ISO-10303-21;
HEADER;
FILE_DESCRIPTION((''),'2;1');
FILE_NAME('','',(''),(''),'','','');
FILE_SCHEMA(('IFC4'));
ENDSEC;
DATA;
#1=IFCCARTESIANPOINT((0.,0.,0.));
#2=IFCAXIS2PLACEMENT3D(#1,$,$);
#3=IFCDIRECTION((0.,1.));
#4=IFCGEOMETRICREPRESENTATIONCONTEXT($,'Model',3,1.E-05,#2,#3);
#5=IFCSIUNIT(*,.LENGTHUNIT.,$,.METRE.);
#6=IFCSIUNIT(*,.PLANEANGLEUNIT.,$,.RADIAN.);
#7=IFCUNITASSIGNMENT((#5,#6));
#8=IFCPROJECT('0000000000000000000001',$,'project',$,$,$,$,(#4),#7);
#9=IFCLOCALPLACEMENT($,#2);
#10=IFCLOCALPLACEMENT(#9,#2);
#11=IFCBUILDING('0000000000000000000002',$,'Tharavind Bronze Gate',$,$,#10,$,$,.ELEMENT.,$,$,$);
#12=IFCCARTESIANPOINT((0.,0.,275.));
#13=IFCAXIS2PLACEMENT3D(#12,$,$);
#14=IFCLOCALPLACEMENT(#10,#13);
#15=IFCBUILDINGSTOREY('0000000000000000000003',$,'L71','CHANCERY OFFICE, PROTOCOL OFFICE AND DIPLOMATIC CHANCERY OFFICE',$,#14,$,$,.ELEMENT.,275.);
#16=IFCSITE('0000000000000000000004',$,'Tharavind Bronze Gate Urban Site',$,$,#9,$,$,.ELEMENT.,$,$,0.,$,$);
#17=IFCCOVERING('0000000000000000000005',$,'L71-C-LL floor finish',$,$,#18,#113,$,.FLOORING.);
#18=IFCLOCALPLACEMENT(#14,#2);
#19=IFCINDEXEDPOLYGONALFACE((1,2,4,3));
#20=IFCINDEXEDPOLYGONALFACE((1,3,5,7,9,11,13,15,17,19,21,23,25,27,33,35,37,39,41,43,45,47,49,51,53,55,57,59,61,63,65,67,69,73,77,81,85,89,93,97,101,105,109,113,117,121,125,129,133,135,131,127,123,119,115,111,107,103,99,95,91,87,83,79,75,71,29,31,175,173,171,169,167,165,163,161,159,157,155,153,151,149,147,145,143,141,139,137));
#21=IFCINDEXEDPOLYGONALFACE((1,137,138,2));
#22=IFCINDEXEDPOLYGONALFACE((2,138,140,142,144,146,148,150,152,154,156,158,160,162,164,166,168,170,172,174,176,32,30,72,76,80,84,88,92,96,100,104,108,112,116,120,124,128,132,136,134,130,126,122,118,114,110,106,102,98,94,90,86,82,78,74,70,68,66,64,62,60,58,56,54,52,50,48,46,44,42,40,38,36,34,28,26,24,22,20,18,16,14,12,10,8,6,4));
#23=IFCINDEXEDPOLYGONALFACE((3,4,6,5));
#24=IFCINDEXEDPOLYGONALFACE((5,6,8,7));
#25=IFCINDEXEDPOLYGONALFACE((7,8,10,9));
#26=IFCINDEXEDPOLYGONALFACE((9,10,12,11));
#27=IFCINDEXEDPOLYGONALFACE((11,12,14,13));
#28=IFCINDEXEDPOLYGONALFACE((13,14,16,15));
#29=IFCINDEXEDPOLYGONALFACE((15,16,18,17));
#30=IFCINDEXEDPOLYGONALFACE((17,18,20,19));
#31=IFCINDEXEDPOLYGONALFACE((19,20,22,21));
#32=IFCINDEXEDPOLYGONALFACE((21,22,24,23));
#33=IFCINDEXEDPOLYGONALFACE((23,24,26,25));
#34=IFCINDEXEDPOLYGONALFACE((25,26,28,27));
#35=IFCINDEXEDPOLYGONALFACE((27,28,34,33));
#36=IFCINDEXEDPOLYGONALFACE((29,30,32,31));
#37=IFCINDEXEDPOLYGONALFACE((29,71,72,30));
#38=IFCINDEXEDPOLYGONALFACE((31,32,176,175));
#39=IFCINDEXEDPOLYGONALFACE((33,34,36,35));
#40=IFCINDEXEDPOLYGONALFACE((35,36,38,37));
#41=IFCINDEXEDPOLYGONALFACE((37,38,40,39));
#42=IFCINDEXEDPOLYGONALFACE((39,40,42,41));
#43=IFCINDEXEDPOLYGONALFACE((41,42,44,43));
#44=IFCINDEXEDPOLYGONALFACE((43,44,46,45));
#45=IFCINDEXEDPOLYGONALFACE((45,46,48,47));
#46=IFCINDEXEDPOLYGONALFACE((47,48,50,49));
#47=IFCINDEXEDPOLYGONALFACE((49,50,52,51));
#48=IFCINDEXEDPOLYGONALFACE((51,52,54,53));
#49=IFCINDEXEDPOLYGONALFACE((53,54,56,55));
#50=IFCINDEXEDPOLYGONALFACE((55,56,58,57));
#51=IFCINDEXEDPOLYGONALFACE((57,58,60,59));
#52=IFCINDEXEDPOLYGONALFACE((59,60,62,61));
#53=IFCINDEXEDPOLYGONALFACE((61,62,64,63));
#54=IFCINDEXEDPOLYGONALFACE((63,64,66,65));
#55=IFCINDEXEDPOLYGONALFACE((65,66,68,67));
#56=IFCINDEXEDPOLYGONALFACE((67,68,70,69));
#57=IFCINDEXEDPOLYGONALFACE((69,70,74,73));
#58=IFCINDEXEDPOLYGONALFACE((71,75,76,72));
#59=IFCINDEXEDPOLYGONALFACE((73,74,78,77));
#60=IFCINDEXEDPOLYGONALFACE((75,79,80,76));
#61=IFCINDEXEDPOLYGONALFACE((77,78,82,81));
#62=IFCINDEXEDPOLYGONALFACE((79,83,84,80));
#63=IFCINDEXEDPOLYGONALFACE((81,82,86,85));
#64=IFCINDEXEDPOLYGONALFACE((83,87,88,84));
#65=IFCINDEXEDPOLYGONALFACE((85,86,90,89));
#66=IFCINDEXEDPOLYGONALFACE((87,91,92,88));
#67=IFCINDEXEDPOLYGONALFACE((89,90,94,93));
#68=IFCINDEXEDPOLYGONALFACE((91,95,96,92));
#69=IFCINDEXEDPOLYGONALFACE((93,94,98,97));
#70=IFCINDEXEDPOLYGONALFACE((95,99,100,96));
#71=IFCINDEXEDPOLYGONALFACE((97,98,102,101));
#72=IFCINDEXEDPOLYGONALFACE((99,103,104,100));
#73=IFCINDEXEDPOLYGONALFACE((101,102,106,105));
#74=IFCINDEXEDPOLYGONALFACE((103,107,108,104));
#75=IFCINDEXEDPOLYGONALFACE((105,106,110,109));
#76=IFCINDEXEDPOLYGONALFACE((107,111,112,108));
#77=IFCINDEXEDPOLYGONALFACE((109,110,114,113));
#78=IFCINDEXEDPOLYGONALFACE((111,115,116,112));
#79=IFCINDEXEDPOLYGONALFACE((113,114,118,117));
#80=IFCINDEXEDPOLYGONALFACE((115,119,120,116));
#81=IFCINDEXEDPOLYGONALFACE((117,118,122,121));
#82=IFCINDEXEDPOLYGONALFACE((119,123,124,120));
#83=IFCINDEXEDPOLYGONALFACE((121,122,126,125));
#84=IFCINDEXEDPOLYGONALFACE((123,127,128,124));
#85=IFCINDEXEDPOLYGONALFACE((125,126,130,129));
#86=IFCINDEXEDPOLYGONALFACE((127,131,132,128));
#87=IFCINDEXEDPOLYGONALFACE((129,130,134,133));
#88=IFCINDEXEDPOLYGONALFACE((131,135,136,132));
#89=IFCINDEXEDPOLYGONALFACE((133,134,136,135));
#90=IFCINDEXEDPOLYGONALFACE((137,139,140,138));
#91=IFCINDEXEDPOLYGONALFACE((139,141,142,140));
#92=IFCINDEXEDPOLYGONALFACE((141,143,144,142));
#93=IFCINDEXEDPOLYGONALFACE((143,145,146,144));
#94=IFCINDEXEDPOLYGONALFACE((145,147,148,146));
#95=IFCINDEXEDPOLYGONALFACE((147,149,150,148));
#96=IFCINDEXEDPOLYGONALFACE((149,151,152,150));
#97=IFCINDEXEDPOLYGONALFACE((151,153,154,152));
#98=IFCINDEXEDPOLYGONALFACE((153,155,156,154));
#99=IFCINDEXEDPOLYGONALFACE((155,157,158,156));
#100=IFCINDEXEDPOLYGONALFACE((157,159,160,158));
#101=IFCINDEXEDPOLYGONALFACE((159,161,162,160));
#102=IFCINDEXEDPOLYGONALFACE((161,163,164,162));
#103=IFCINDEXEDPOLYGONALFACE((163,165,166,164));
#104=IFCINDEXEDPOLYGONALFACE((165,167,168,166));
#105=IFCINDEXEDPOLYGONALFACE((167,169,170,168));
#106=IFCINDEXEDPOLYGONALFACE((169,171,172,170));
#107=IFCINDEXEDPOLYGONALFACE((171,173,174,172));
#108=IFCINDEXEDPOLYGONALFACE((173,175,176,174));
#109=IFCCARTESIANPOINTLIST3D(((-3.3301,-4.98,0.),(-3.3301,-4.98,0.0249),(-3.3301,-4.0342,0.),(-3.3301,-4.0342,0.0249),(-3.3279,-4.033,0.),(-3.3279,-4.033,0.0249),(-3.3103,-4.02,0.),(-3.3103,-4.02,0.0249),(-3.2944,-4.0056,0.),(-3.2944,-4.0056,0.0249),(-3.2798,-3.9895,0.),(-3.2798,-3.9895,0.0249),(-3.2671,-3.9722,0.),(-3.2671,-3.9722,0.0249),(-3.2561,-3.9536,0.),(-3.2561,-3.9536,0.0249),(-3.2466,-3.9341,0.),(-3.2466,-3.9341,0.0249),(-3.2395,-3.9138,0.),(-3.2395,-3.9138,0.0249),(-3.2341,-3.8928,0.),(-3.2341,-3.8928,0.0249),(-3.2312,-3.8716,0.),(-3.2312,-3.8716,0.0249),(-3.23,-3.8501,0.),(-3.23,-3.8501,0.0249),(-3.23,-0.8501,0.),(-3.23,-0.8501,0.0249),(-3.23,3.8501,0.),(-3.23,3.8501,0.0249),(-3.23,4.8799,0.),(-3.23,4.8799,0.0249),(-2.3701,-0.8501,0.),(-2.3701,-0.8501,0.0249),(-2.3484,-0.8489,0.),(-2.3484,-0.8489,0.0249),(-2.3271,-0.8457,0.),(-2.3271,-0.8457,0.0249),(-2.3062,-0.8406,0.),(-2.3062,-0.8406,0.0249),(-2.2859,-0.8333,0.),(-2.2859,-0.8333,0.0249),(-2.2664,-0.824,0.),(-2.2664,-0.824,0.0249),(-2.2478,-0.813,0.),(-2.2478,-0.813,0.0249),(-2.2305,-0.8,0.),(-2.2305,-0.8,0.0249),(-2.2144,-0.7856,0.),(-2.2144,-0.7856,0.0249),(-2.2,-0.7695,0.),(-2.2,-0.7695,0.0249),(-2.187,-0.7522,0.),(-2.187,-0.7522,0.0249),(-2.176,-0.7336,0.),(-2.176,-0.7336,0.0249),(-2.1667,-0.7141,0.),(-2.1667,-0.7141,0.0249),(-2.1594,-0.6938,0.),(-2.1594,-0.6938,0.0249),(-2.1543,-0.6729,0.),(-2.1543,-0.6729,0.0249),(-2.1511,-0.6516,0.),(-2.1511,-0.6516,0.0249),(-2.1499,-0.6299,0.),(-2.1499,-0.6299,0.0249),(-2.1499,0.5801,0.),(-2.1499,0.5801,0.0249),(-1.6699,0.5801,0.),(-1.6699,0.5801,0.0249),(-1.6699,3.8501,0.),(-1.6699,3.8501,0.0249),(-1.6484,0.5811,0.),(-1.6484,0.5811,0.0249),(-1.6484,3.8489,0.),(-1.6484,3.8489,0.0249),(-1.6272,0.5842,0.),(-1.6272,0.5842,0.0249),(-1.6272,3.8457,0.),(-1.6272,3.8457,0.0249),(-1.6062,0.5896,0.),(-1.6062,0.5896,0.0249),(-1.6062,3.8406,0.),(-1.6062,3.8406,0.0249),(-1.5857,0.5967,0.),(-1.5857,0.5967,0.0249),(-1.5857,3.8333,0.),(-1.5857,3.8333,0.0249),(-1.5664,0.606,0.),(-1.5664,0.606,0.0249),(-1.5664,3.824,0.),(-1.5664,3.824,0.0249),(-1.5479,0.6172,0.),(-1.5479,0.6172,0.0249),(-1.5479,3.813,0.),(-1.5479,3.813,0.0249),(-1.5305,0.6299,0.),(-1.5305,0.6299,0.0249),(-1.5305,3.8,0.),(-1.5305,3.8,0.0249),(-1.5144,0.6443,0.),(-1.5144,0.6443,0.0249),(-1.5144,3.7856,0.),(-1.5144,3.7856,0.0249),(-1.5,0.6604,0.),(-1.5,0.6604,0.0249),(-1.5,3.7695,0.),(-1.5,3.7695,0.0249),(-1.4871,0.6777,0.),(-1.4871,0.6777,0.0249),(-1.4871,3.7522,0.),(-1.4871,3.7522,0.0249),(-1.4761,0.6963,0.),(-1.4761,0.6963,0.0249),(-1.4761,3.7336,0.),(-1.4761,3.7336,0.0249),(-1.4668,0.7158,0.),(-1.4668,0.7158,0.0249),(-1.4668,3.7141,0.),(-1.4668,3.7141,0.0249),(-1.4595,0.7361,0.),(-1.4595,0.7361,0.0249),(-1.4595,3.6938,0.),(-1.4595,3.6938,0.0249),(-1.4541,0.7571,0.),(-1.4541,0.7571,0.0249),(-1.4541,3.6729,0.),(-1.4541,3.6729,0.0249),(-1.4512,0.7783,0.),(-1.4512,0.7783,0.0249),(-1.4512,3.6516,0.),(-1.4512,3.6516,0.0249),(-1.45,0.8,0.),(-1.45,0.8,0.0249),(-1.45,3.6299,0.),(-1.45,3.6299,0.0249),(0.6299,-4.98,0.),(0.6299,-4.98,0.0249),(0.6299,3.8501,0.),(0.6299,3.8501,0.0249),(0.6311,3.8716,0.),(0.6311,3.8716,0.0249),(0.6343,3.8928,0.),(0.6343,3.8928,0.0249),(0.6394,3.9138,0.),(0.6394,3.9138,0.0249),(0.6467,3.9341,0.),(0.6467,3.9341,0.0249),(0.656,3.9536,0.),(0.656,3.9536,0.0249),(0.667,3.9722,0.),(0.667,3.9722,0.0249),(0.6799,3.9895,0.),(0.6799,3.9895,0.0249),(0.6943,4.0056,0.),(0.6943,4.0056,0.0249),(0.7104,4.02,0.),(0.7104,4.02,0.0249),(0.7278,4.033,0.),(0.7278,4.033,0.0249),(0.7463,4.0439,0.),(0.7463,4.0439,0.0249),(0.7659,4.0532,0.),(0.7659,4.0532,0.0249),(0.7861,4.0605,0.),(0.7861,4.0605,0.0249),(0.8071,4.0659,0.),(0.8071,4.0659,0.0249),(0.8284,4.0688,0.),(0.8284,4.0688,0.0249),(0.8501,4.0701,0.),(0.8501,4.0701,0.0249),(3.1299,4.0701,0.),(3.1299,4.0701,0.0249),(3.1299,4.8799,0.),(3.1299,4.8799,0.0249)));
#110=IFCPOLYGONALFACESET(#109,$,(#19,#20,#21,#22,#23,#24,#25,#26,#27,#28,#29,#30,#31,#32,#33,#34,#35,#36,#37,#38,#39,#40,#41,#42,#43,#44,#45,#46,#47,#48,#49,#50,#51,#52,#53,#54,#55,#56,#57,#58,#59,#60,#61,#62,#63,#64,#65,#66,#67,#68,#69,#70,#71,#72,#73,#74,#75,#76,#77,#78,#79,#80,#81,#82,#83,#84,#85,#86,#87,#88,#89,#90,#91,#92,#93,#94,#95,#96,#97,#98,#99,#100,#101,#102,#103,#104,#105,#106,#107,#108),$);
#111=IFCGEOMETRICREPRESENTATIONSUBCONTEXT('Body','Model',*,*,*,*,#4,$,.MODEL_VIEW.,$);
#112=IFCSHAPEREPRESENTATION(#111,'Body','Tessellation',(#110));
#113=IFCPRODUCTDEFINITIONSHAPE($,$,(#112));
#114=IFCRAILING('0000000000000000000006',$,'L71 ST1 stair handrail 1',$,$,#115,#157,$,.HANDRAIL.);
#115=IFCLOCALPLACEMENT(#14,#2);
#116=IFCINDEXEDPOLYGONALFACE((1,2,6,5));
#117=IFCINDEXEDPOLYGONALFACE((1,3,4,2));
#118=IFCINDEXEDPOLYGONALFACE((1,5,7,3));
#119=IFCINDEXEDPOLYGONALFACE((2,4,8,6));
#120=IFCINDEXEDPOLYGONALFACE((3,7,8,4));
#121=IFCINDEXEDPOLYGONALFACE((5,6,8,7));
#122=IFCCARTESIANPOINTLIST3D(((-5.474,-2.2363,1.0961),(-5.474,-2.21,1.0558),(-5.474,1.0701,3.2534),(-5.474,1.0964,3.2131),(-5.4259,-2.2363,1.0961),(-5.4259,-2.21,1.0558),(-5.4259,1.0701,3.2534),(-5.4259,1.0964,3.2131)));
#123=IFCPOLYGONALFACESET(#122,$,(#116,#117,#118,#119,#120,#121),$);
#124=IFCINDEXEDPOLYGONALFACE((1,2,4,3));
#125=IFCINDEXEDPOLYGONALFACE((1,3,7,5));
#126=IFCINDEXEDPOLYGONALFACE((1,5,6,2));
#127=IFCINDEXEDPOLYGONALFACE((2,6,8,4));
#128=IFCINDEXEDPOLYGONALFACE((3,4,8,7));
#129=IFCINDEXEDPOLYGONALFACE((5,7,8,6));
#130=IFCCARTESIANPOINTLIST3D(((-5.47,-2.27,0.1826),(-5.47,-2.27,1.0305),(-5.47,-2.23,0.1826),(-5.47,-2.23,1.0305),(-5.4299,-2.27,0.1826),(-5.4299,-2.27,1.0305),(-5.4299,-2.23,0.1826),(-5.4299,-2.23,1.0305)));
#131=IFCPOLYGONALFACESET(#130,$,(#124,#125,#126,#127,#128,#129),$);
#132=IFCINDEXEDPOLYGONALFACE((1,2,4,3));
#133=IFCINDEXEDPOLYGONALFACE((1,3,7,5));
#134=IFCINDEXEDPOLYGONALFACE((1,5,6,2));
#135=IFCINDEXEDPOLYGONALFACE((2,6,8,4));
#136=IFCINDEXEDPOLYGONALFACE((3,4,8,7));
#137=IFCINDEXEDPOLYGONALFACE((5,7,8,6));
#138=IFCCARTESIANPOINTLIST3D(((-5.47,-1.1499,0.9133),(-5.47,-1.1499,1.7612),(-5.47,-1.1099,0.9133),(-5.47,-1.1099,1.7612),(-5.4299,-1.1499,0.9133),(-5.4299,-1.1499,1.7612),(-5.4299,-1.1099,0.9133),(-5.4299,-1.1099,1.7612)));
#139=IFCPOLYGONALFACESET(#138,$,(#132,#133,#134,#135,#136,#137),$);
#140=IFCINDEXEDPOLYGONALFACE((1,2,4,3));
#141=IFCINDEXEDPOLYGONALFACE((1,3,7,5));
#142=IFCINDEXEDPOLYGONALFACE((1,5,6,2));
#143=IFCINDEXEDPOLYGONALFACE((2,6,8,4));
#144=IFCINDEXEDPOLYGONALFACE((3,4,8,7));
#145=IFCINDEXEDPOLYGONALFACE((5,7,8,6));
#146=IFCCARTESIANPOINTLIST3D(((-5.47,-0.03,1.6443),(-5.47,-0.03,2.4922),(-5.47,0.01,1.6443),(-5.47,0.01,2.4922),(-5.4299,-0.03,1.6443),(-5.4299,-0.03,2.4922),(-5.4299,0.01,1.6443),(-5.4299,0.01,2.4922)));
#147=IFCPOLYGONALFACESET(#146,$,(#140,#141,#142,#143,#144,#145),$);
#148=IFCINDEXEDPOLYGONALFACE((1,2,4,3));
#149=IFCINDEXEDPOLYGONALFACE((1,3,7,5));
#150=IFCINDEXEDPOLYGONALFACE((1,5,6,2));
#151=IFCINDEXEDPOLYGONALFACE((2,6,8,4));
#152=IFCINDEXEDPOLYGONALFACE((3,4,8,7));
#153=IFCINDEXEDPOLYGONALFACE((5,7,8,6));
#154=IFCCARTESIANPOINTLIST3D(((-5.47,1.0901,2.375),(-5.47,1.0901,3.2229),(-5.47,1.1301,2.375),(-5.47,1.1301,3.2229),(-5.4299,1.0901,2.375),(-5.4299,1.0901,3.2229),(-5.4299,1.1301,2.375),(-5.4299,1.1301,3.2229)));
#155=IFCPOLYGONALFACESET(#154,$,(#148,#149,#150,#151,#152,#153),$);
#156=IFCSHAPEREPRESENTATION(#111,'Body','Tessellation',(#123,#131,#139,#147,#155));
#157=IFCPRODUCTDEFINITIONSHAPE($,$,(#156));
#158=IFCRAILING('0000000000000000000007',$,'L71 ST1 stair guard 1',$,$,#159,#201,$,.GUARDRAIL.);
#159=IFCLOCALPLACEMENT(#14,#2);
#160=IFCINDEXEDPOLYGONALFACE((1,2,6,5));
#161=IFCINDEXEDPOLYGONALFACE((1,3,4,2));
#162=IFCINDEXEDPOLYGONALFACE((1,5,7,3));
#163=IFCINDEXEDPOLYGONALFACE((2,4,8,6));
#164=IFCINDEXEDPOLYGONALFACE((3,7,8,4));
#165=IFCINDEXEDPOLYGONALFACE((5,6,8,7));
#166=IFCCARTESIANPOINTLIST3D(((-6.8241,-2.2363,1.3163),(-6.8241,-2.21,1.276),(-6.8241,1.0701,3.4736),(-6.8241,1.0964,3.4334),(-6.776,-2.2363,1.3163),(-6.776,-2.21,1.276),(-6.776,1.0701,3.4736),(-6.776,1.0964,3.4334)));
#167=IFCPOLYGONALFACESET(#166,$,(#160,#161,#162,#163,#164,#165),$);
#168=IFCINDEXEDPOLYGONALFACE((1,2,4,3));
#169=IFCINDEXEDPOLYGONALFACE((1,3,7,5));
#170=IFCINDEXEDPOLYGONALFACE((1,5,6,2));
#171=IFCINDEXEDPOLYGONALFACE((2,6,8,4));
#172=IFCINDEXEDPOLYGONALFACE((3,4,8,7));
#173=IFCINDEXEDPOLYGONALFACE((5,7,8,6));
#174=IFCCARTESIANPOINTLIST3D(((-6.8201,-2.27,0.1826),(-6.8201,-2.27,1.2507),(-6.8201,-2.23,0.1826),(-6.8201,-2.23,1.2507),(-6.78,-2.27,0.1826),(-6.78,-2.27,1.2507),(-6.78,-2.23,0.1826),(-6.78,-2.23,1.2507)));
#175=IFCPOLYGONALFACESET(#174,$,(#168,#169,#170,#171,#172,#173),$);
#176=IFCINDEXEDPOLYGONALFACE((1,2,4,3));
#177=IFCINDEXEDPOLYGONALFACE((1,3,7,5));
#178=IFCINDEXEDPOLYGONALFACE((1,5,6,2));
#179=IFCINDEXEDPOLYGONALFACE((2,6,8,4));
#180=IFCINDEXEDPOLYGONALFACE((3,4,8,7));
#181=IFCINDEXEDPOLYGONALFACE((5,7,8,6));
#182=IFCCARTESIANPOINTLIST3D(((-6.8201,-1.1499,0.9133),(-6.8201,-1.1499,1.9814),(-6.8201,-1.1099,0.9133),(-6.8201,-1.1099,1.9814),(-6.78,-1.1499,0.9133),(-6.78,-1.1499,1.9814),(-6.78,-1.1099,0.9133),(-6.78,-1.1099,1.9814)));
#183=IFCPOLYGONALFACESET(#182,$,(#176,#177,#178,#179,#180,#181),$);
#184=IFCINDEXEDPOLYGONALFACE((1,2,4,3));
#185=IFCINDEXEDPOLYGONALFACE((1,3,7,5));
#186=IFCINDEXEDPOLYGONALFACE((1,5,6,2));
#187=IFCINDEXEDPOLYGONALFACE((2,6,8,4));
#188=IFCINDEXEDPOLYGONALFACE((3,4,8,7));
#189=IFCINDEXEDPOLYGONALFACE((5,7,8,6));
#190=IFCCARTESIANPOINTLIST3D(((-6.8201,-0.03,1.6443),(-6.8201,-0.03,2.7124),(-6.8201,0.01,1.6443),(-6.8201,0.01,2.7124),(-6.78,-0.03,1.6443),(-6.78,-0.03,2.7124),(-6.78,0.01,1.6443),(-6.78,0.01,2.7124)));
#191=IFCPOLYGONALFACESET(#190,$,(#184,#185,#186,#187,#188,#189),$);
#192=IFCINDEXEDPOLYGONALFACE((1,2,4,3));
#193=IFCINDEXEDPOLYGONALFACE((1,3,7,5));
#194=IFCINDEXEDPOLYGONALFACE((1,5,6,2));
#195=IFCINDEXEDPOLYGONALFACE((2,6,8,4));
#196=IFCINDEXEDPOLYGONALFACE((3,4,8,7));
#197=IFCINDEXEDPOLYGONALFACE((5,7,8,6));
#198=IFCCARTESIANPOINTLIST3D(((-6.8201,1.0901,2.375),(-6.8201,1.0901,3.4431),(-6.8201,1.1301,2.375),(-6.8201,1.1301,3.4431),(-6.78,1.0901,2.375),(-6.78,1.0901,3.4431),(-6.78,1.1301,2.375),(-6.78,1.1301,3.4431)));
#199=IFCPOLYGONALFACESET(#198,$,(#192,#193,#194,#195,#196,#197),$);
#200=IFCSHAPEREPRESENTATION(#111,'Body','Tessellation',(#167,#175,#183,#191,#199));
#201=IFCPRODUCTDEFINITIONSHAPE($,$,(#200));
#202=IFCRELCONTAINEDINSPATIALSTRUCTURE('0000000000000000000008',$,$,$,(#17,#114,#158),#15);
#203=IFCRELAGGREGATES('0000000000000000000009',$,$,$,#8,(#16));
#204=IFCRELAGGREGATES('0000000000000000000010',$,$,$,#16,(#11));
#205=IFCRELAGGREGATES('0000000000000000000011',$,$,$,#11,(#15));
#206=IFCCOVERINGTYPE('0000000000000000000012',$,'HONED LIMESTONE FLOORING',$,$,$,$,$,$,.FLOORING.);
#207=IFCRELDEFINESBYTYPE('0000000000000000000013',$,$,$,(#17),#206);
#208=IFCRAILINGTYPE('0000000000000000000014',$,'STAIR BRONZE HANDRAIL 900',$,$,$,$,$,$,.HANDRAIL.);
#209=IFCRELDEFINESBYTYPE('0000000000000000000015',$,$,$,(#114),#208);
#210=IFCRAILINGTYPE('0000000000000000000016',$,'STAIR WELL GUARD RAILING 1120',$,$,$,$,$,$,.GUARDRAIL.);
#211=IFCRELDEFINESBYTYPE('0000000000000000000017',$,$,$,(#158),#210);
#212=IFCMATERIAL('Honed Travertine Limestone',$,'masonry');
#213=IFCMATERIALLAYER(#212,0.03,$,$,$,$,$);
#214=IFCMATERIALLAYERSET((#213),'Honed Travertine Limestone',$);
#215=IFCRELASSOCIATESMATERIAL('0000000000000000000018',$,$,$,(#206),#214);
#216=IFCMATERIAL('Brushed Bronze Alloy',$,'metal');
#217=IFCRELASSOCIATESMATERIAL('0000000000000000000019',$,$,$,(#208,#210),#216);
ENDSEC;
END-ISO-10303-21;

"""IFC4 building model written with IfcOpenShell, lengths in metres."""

from ifc_helpers import new_model, si_unit, direction, frame, origin, origin_2d, place, context, subcontext, project, spatial, polyline, rectangle, outline, extrude, material, layer, layer_set, type_object, element, save


model = new_model("IFC4")

# Units and contexts
model_context = context("Model", 3, precision=1e-05, world=origin(), true_north=direction((0.0, 1.0)))
body_context = subcontext(model_context, "Body", "Model", "MODEL_VIEW")
ifc_project = project(units=[si_unit("LENGTHUNIT", "METRE"), si_unit("PLANEANGLEUNIT", "RADIAN")], contexts=[model_context])

# Site, building, storey
site_placement = place(None, origin())
site = spatial("IfcSite", under=ifc_project, at=site_placement, Name="Tharavind Bronze Gate Urban Site", CompositionType="ELEMENT", RefElevation=0.0)
building_placement = place(site_placement, origin())
building = spatial("IfcBuilding", under=site, at=building_placement, Name="Tharavind Bronze Gate", CompositionType="ELEMENT")
storey_placement = place(building_placement, frame((0.0, 0.0, 275.0)))
storey = spatial("IfcBuildingStorey", under=building, at=storey_placement, Name="L71", Description="CHANCERY OFFICE, PROTOCOL OFFICE AND DIPLOMATIC CHANCERY OFFICE", CompositionType="ELEMENT", Elevation=275.0)

# Covering
ifc_material_1 = material(Name="Honed Travertine Limestone", Category="masonry")
ifc_layer_1 = layer(ifc_material_1, 0.03)
ifc_layer_set_1 = layer_set([ifc_layer_1], Name="Honed Travertine Limestone")
covering_type_1 = type_object("IfcCoveringType", Name="HONED LIMESTONE FLOORING", PredefinedType="FLOORING", material=ifc_layer_set_1)
covering_1_placement = place(storey_placement, origin())
element("IfcCovering", 1, at=covering_1_placement, inside=storey, type_object=covering_type_1, Name="L71-C-LL floor finish", PredefinedType="FLOORING", context=body_context, shape_type="SweptSolid", body=[
    extrude(outline(polyline([(-3.3301, -4.98), (0.6299, -4.98), (0.6299, 3.8501), (0.6311, 3.8716), (0.6343, 3.8928), (0.6394, 3.9138), (0.6467, 3.9341), (0.656, 3.9536), (0.667, 3.9722), (0.6799, 3.9895), (0.6943, 4.0056), (0.7104, 4.02), (0.7278, 4.033), (0.7463, 4.0439), (0.7659, 4.0532), (0.7861, 4.0605), (0.8071, 4.0659), (0.8284, 4.0688), (0.8501, 4.0701), (3.1299, 4.0701), (3.1299, 4.8799), (-3.23, 4.8799), (-3.23, 3.8501), (-1.6699, 3.8501), (-1.6484, 3.8489), (-1.6272, 3.8457), (-1.6062, 3.8406), (-1.5857, 3.8333), (-1.5664, 3.824), (-1.5479, 3.813), (-1.5305, 3.8), (-1.5144, 3.7856), (-1.5, 3.7695), (-1.4871, 3.7522), (-1.4761, 3.7336), (-1.4668, 3.7141), (-1.4595, 3.6938), (-1.4541, 3.6729), (-1.4512, 3.6516), (-1.45, 3.6299), (-1.45, 0.8), (-1.4512, 0.7783), (-1.4541, 0.7571), (-1.4595, 0.7361), (-1.4668, 0.7158), (-1.4761, 0.6963), (-1.4871, 0.6777), (-1.5, 0.6604), (-1.5144, 0.6443), (-1.5305, 0.6299), (-1.5479, 0.6172), (-1.5664, 0.606), (-1.5857, 0.5967), (-1.6062, 0.5896), (-1.6272, 0.5842), (-1.6484, 0.5811), (-1.6699, 0.5801), (-2.1499, 0.5801), (-2.1499, -0.6299), (-2.1511, -0.6516), (-2.1543, -0.6729), (-2.1594, -0.6938), (-2.1667, -0.7141), (-2.176, -0.7336), (-2.187, -0.7522), (-2.2, -0.7695), (-2.2144, -0.7856), (-2.2305, -0.8), (-2.2478, -0.813), (-2.2664, -0.824), (-2.2859, -0.8333), (-2.3062, -0.8406), (-2.3271, -0.8457), (-2.3484, -0.8489), (-2.3701, -0.8501), (-3.23, -0.8501), (-3.23, -3.8501), (-3.2312, -3.8716), (-3.2341, -3.8928), (-3.2395, -3.9138), (-3.2466, -3.9341), (-3.2561, -3.9536), (-3.2671, -3.9722), (-3.2798, -3.9895), (-3.2944, -4.0056), (-3.3103, -4.02), (-3.3279, -4.033), (-3.3301, -4.0342), (-3.3301, -4.98)])), origin(), (0.0, 0.0, 1.0), 0.0249),
])

# Railings
ifc_material_2 = material(Name="Brushed Bronze Alloy", Category="metal")
railing_type_1 = type_object("IfcRailingType", Name="STAIR BRONZE HANDRAIL 900", PredefinedType="HANDRAIL", material=ifc_material_2)
railing_1_placement = place(storey_placement, frame((-5.45, -2.25, 0.1826)))
element("IfcRailing", 2, at=railing_1_placement, inside=storey, type_object=railing_type_1, Name="L71 ST1 stair handrail 1", PredefinedType="HANDRAIL", context=body_context, shape_type="SweptSolid", body=[
    extrude(rectangle(XDim=0.0481, YDim=0.0481, at=origin_2d()), frame((0.0, 0.0269, 0.8933), z_axis=(0.0, 0.837496, 0.546444), x_axis=(-1.0, 0.0, 0.0)), (0.0, 0.0, 1.0), 3.948),
    extrude(rectangle(XDim=0.04, YDim=0.04, at=origin_2d()), origin(), (0.0, 0.0, 1.0), 0.8479),
    extrude(rectangle(XDim=0.04, YDim=0.04, at=origin_2d()), frame((0.0, 1.1201, 0.7307)), (0.0, 0.0, 1.0), 0.8479),
    extrude(rectangle(XDim=0.04, YDim=0.04, at=origin_2d()), frame((0.0, 2.24, 1.4617)), (0.0, 0.0, 1.0), 0.8479),
    extrude(rectangle(XDim=0.04, YDim=0.04, at=origin_2d()), frame((0.0, 3.3601, 2.1924)), (0.0, 0.0, 1.0), 0.8479),
])
railing_type_2 = type_object("IfcRailingType", Name="STAIR WELL GUARD RAILING 1120", PredefinedType="GUARDRAIL", material=ifc_material_2)
railing_2_placement = place(storey_placement, frame((-6.8, -2.25, 0.1826)))
element("IfcRailing", 3, at=railing_2_placement, inside=storey, type_object=railing_type_2, Name="L71 ST1 stair guard 1", PredefinedType="GUARDRAIL", context=body_context, shape_type="SweptSolid", body=[
    extrude(rectangle(XDim=0.0481, YDim=0.0481, at=origin_2d()), frame((0.0, 0.0269, 1.1135), z_axis=(0.0, 0.837496, 0.546444), x_axis=(-1.0, 0.0, 0.0)), (0.0, 0.0, 1.0), 3.948),
    extrude(rectangle(XDim=0.04, YDim=0.04, at=origin_2d()), origin(), (0.0, 0.0, 1.0), 1.0681),
    extrude(rectangle(XDim=0.04, YDim=0.04, at=origin_2d()), frame((0.0, 1.1201, 0.7307)), (0.0, 0.0, 1.0), 1.0681),
    extrude(rectangle(XDim=0.04, YDim=0.04, at=origin_2d()), frame((0.0, 2.24, 1.4617)), (0.0, 0.0, 1.0), 1.0681),
    extrude(rectangle(XDim=0.04, YDim=0.04, at=origin_2d()), frame((0.0, 3.3601, 2.1924)), (0.0, 0.0, 1.0), 1.0681),
])

save(model, "model.ifc")
